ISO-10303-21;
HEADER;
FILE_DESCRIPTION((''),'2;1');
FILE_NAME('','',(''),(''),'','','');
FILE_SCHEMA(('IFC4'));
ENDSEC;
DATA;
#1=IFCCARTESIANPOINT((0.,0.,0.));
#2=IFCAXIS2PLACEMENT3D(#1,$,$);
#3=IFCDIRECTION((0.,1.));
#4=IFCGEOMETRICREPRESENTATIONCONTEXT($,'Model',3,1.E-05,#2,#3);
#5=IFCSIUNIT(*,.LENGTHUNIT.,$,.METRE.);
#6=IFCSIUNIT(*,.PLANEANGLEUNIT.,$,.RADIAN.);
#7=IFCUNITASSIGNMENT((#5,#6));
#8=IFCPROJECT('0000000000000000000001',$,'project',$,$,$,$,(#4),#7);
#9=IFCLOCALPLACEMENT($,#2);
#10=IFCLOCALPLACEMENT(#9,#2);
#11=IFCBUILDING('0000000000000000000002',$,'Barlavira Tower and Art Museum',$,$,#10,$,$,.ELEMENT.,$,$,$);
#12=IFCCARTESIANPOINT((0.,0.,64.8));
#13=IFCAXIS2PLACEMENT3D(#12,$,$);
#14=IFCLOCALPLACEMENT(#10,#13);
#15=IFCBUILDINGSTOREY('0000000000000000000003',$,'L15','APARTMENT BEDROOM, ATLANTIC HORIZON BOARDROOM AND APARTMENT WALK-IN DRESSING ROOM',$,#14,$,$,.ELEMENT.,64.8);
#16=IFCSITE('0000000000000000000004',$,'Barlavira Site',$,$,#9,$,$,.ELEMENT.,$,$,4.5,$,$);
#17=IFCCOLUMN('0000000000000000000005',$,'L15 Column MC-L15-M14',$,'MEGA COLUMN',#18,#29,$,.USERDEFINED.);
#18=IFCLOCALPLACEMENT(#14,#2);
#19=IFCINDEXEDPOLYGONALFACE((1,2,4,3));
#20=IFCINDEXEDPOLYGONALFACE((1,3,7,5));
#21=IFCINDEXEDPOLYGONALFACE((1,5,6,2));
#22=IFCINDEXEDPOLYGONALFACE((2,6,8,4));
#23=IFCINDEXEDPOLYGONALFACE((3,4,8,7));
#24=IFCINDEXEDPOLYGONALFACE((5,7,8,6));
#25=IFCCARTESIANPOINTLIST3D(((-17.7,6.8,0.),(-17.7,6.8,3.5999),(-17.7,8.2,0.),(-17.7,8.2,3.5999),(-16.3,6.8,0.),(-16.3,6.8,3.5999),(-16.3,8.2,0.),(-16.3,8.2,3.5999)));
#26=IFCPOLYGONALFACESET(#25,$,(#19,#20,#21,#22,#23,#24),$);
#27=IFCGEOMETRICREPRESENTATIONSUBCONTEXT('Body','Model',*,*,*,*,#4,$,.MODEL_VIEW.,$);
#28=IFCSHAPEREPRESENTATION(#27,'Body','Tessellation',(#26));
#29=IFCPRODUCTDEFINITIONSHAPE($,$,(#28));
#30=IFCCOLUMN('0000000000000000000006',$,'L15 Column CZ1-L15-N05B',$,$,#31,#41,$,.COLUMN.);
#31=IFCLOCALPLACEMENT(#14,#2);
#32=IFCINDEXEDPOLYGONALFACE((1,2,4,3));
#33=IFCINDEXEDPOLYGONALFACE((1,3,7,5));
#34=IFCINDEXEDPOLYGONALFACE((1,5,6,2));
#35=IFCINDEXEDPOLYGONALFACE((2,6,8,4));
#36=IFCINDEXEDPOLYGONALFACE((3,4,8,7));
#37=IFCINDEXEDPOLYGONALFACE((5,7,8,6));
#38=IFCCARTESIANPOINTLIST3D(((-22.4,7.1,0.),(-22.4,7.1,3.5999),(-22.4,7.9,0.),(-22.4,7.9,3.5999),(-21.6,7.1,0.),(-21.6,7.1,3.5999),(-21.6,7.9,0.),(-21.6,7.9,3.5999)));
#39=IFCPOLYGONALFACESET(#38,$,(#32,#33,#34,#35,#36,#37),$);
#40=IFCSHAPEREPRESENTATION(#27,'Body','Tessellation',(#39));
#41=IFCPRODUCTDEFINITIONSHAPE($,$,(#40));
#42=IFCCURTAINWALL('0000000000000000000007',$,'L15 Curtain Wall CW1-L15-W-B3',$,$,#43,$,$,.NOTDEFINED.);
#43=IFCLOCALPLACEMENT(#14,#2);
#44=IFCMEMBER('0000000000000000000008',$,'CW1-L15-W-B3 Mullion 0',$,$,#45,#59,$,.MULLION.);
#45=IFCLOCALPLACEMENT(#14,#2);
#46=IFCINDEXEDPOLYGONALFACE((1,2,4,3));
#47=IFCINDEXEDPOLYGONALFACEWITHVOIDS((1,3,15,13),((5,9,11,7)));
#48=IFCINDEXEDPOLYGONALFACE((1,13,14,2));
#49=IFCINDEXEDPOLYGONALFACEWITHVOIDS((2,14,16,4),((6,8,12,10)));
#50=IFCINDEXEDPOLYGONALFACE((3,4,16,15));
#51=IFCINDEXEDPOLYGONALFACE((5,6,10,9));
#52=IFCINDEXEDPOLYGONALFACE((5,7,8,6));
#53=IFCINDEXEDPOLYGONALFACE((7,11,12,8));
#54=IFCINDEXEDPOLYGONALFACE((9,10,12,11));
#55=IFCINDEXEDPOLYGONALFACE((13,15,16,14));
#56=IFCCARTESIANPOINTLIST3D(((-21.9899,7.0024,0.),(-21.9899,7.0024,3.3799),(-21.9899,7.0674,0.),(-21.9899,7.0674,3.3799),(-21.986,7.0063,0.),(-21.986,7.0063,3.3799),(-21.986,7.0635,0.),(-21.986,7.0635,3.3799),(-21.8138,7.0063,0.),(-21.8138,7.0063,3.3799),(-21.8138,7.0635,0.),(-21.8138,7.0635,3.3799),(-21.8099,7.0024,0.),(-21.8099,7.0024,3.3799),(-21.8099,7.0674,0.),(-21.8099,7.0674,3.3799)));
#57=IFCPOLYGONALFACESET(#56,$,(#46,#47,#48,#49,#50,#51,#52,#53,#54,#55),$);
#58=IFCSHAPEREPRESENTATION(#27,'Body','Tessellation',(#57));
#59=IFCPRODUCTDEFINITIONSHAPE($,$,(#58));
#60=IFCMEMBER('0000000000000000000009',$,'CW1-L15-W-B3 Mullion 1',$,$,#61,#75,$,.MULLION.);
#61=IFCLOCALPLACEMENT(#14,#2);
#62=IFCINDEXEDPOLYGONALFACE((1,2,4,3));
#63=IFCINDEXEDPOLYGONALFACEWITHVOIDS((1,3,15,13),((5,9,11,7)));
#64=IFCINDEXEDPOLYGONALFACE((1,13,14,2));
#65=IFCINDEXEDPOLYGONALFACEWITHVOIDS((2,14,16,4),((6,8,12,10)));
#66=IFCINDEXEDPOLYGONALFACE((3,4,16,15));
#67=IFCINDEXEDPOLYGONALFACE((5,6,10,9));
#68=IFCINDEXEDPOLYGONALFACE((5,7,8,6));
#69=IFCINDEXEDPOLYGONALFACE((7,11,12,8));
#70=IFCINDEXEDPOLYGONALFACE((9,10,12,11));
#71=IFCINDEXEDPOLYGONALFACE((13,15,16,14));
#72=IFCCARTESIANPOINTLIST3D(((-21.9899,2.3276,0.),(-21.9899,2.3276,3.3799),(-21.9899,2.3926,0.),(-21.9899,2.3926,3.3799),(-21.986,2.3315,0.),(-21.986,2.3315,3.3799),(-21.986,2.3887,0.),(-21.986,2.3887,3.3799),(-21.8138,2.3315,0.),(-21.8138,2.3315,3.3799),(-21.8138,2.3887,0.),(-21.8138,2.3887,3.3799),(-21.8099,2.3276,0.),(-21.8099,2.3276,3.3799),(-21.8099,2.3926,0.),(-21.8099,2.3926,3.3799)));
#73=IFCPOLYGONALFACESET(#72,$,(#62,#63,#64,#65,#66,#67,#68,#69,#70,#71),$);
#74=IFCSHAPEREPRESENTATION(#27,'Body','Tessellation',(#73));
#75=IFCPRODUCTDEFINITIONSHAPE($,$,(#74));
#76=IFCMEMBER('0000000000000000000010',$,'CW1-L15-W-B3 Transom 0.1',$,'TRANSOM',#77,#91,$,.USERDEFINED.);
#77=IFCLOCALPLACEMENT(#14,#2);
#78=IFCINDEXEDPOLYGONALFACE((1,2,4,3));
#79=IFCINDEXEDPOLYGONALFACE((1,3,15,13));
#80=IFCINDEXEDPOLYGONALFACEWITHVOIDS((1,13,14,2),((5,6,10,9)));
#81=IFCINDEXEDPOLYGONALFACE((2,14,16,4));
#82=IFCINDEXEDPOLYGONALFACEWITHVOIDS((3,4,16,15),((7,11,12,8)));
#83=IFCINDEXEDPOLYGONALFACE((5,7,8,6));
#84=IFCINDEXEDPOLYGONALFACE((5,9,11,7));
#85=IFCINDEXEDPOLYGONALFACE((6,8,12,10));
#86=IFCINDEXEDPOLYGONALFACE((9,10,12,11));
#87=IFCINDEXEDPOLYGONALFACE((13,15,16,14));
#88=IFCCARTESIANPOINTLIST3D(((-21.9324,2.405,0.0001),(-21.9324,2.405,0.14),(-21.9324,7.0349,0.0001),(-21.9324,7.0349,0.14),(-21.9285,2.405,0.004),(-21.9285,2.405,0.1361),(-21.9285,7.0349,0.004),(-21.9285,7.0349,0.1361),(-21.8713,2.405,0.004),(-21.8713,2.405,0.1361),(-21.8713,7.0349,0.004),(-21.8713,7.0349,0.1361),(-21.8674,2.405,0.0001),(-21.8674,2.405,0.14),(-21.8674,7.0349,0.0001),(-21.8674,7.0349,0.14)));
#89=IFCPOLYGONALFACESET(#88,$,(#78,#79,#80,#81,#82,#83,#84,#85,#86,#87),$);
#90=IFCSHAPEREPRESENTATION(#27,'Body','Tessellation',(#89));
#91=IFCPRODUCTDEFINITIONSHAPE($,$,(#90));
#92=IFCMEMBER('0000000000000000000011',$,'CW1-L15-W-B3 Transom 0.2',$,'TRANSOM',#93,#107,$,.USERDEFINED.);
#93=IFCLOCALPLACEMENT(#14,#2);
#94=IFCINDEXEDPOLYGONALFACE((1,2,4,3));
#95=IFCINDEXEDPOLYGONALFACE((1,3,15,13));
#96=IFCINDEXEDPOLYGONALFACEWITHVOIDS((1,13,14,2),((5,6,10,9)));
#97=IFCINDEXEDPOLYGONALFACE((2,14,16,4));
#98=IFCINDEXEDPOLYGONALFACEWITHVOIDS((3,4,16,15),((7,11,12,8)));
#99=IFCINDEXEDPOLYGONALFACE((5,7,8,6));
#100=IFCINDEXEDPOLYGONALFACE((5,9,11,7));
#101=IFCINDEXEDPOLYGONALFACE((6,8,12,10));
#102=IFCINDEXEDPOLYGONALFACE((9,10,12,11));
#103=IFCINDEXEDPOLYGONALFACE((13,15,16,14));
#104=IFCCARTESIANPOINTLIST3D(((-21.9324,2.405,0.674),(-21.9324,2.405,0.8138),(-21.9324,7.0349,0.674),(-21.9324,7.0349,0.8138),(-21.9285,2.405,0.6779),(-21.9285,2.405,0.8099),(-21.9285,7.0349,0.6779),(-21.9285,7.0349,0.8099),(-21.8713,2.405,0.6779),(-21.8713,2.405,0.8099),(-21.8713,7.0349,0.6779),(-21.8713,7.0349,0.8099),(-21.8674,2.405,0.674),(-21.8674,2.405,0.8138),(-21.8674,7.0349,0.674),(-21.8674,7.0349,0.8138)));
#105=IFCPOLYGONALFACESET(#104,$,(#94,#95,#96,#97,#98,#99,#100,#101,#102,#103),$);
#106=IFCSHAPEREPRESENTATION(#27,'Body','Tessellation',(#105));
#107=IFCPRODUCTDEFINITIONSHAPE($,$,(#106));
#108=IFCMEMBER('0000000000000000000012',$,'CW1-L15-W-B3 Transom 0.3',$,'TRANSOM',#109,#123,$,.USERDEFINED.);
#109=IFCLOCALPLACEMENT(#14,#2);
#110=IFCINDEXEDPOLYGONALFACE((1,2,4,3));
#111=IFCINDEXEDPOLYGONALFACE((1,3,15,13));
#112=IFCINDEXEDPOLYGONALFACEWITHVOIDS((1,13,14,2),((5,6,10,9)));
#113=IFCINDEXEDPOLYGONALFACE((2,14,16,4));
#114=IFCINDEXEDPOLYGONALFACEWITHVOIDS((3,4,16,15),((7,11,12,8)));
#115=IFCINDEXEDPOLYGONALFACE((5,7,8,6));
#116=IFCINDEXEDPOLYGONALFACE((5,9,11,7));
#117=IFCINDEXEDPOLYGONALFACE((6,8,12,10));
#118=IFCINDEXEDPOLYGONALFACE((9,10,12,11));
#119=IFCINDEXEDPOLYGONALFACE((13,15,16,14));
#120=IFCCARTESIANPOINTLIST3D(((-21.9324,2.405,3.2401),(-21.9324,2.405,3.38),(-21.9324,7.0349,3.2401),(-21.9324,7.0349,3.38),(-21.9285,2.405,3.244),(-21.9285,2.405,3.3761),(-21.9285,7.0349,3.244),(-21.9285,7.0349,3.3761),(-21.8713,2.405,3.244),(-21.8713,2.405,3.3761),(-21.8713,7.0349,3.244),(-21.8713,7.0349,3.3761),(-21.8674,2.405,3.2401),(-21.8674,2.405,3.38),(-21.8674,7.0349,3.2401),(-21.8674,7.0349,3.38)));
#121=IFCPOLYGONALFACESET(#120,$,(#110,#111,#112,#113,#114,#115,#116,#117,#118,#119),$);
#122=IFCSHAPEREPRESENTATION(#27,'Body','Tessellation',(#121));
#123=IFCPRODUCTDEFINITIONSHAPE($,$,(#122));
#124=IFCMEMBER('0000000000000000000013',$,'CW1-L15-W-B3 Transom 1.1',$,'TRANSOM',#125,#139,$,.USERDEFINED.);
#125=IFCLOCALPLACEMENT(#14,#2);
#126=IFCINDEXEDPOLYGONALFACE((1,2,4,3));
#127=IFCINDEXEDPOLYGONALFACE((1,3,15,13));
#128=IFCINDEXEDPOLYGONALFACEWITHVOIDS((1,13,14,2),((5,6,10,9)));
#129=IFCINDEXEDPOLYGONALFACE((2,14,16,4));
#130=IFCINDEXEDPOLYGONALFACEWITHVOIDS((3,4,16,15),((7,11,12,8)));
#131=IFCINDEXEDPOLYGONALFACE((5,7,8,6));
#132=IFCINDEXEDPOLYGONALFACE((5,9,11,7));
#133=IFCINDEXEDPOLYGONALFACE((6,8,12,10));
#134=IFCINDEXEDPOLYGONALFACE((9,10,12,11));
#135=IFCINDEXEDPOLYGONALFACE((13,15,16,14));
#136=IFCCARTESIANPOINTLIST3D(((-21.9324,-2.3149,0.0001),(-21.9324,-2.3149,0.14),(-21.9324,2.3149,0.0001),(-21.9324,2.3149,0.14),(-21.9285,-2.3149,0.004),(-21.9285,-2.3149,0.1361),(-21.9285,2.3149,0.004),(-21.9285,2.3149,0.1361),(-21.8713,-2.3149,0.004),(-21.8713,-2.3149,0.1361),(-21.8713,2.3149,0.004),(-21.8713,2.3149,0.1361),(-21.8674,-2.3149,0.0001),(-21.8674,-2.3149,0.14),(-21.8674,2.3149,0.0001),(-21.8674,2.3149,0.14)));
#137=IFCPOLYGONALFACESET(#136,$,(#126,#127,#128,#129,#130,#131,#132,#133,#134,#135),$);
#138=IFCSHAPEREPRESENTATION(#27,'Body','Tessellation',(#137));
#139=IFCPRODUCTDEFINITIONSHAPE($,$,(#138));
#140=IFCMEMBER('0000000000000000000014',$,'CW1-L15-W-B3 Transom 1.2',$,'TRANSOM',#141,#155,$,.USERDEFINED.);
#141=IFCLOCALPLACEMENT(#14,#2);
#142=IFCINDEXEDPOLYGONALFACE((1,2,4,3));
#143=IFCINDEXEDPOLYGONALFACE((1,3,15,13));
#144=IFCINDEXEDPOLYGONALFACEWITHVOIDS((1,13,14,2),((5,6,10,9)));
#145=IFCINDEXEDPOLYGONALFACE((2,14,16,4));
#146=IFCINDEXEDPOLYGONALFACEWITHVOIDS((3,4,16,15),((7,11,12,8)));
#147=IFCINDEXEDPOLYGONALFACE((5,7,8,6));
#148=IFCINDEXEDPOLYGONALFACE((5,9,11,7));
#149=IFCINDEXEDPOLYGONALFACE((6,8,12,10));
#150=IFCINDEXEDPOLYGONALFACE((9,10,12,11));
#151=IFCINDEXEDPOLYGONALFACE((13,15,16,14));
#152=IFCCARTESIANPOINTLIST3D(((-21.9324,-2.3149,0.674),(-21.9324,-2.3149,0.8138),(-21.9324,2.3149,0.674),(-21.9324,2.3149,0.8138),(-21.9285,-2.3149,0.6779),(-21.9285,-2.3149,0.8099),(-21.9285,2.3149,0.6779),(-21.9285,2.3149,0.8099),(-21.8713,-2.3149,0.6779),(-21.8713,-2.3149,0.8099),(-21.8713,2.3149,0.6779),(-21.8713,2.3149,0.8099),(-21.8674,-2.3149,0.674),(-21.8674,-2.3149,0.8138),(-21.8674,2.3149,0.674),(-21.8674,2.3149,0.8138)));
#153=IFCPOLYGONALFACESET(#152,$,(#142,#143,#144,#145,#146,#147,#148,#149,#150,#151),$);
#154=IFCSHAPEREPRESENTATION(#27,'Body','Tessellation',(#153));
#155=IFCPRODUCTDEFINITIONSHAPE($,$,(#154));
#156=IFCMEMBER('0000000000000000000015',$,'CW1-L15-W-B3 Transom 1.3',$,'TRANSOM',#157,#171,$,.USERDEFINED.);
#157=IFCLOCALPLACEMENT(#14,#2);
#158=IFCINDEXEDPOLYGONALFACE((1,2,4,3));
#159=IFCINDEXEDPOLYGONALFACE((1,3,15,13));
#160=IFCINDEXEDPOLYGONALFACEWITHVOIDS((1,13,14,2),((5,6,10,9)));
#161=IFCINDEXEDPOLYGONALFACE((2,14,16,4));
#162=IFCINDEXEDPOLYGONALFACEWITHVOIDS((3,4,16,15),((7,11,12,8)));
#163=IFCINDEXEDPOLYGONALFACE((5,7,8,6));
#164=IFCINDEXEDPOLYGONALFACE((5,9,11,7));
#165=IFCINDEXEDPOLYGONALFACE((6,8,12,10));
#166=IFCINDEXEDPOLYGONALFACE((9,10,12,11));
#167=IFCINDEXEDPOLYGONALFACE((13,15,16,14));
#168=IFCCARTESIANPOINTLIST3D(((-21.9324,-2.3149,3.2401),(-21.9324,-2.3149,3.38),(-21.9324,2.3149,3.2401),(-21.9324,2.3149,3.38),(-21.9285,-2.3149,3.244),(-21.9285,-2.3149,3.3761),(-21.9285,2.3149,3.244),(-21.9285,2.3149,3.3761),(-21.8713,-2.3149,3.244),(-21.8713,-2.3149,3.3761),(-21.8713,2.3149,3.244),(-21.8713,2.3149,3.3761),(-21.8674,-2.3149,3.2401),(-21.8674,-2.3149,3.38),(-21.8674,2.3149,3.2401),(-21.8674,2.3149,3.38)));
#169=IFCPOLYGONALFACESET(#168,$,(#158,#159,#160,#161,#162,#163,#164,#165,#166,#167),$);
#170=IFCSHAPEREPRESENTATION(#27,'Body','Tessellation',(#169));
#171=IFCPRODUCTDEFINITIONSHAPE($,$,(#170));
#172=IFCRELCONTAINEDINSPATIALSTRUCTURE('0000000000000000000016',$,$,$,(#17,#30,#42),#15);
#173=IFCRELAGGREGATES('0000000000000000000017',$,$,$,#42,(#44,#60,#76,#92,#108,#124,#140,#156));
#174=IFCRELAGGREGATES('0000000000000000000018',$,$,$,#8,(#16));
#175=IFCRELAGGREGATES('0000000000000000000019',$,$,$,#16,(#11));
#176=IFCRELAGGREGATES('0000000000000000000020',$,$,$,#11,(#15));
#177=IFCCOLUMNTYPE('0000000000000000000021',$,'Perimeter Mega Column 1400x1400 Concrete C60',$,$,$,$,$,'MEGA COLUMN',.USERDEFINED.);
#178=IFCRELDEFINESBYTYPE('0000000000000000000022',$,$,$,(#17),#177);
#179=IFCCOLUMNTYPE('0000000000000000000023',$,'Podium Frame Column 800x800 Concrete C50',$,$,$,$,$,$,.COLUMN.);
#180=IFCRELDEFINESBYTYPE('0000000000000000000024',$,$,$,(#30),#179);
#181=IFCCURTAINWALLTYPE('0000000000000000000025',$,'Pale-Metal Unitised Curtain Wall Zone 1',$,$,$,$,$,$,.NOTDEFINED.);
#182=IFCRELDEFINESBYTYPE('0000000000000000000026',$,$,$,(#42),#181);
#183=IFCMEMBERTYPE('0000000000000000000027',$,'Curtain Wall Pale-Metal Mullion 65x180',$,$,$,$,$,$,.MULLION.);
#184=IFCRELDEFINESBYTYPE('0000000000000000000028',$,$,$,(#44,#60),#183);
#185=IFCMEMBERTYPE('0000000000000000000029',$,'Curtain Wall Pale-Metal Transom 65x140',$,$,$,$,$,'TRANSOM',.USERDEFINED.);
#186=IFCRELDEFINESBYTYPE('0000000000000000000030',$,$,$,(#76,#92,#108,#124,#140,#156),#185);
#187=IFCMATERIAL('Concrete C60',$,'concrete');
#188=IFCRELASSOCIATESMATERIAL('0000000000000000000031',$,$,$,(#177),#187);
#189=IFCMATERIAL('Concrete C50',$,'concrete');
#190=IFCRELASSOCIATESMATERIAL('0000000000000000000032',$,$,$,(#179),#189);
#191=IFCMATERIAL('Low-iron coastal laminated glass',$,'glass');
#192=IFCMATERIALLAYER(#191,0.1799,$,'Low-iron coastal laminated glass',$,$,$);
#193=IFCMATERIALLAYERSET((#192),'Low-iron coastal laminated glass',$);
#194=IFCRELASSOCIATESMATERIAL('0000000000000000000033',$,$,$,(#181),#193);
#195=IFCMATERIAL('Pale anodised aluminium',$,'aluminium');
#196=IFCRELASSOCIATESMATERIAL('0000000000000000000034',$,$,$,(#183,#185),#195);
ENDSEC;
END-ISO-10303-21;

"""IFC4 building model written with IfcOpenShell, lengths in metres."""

from ifc_helpers import new_model, si_unit, direction, frame, origin, origin_2d, place, context, subcontext, project, spatial, rectangle, hollow_rectangle, extrude, material, layer, layer_set, material_profile, profile_set, type_object, element, aggregate, save


model = new_model("IFC4")

# Units and contexts
model_context = context("Model", 3, precision=1e-05, world=origin(), true_north=direction((0.0, 1.0)))
body_context = subcontext(model_context, "Body", "Model", "MODEL_VIEW")
ifc_project = project(units=[si_unit("LENGTHUNIT", "METRE"), si_unit("PLANEANGLEUNIT", "RADIAN")], contexts=[model_context])

# Site, building, storey
site_placement = place(None, origin())
site = spatial("IfcSite", under=ifc_project, at=site_placement, Name="Barlavira Site", CompositionType="ELEMENT", RefElevation=4.5)
building_placement = place(site_placement, origin())
building = spatial("IfcBuilding", under=site, at=building_placement, Name="Barlavira Tower and Art Museum", CompositionType="ELEMENT")
storey_placement = place(building_placement, frame((0.0, 0.0, 64.8)))
storey = spatial("IfcBuildingStorey", under=building, at=storey_placement, Name="L15", Description="APARTMENT BEDROOM, ATLANTIC HORIZON BOARDROOM AND APARTMENT WALK-IN DRESSING ROOM", CompositionType="ELEMENT", Elevation=64.8)

# Columns
ifc_material_1 = material(Name="Concrete C60", Category="concrete")
ifc_material_profile_1 = material_profile(ifc_material_1, rectangle(XDim=1.3999, YDim=1.3999, at=origin_2d()), Name="RC-MCOL 1400x1400")
ifc_profile_set_1 = profile_set([ifc_material_profile_1], Name="Concrete C60")
column_type_1 = type_object("IfcColumnType", Name="Perimeter Mega Column 1400x1400 Concrete C60", ElementType="MEGA COLUMN", PredefinedType="USERDEFINED", material=ifc_profile_set_1)
column_1_placement = place(storey_placement, frame((-17.0, 7.5, 0.0), z_axis=(0.0, 0.0, 1.0), x_axis=(1.0, 0.0, 0.0)))
element("IfcColumn", 1, at=column_1_placement, inside=storey, type_object=column_type_1, Name="L15 Column MC-L15-M14", ObjectType="MEGA COLUMN", PredefinedType="USERDEFINED", context=body_context, shape_type="SweptSolid", body=[
    extrude(rectangle(XDim=1.3999, YDim=1.3999, at=origin_2d()), origin(), (0.0, 0.0, 1.0), 3.5999),
])
ifc_material_2 = material(Name="Concrete C50", Category="concrete")
ifc_material_profile_2 = material_profile(ifc_material_2, rectangle(XDim=0.8, YDim=0.8, at=origin_2d()), Name="RC-COL 800x800")
ifc_profile_set_2 = profile_set([ifc_material_profile_2], Name="Concrete C50")
column_type_2 = type_object("IfcColumnType", Name="Podium Frame Column 800x800 Concrete C50", PredefinedType="COLUMN", material=ifc_profile_set_2)
column_2_placement = place(storey_placement, frame((-22.0, 7.5, 0.0), z_axis=(0.0, 0.0, 1.0), x_axis=(1.0, 0.0, 0.0)))
element("IfcColumn", 2, at=column_2_placement, inside=storey, type_object=column_type_2, Name="L15 Column CZ1-L15-N05B", PredefinedType="COLUMN", context=body_context, shape_type="SweptSolid", body=[
    extrude(rectangle(XDim=0.8, YDim=0.8, at=origin_2d()), origin(), (0.0, 0.0, 1.0), 3.5999),
])

# Curtain wall, members
ifc_material_3 = material(Name="Low-iron coastal laminated glass", Category="glass")
ifc_layer_1 = layer(ifc_material_3, 0.1799, Name="Low-iron coastal laminated glass")
ifc_layer_set_1 = layer_set([ifc_layer_1], Name="Low-iron coastal laminated glass")
curtain_wall_type = type_object("IfcCurtainWallType", Name="Pale-Metal Unitised Curtain Wall Zone 1", PredefinedType="NOTDEFINED", material=ifc_layer_set_1)
curtain_wall_placement = place(storey_placement, origin())
curtain_wall = element("IfcCurtainWall", 3, at=curtain_wall_placement, inside=storey, type_object=curtain_wall_type, Name="L15 Curtain Wall CW1-L15-W-B3", PredefinedType="NOTDEFINED")
ifc_material_4 = material(Name="Pale anodised aluminium", Category="aluminium")
ifc_material_profile_3 = material_profile(ifc_material_4, hollow_rectangle(XDim=0.0649, YDim=0.1799, WallThickness=0.0039, at=origin_2d()), Name="ALU-MULL 65x180x4")
ifc_profile_set_3 = profile_set([ifc_material_profile_3], Name="Pale anodised aluminium")
member_type_1 = type_object("IfcMemberType", Name="Curtain Wall Pale-Metal Mullion 65x180", PredefinedType="MULLION", material=ifc_profile_set_3)
member_1_placement = place(storey_placement, frame((-21.8999, 7.0349, 0.0), z_axis=(0.0, 0.0, 1.0), x_axis=(0.0, -1.0, 0.0)))
member_1 = element("IfcMember", 4, at=member_1_placement, type_object=member_type_1, Name="CW1-L15-W-B3 Mullion 0", PredefinedType="MULLION", context=body_context, shape_type="SweptSolid", body=[
    extrude(hollow_rectangle(XDim=0.0649, YDim=0.1799, WallThickness=0.0039, at=origin_2d()), origin(), (0.0, 0.0, 1.0), 3.3799),
])
member_2_placement = place(storey_placement, frame((-21.8999, 2.3601, 0.0), z_axis=(0.0, 0.0, 1.0), x_axis=(0.0, -1.0, 0.0)))
member_2 = element("IfcMember", 5, at=member_2_placement, type_object=member_type_1, Name="CW1-L15-W-B3 Mullion 1", PredefinedType="MULLION", context=body_context, shape_type="SweptSolid", body=[
    extrude(hollow_rectangle(XDim=0.0649, YDim=0.1799, WallThickness=0.0039, at=origin_2d()), origin(), (0.0, 0.0, 1.0), 3.3799),
])
ifc_material_profile_4 = material_profile(ifc_material_4, hollow_rectangle(XDim=0.0649, YDim=0.1399, WallThickness=0.0039, at=origin_2d()), Name="ALU-TRAN 65x140x4")
ifc_profile_set_4 = profile_set([ifc_material_profile_4], Name="Pale anodised aluminium")
member_type_2 = type_object("IfcMemberType", Name="Curtain Wall Pale-Metal Transom 65x140", ElementType="TRANSOM", PredefinedType="USERDEFINED", material=ifc_profile_set_4)
member_3_placement = place(storey_placement, frame((-21.8999, 7.0349, 0.0701), z_axis=(0.0, -1.0, 0.0), x_axis=(1.0, 0.0, 0.0)))
member_3 = element("IfcMember", 6, at=member_3_placement, type_object=member_type_2, Name="CW1-L15-W-B3 Transom 0.1", ObjectType="TRANSOM", PredefinedType="USERDEFINED", context=body_context, shape_type="SweptSolid", body=[
    extrude(hollow_rectangle(XDim=0.0649, YDim=0.1399, WallThickness=0.0039, at=origin_2d()), origin(), (0.0, 0.0, 1.0), 4.6299),
])
member_4_placement = place(storey_placement, frame((-21.8999, 7.0349, 0.7439), z_axis=(0.0, -1.0, 0.0), x_axis=(1.0, 0.0, 0.0)))
member_4 = element("IfcMember", 7, at=member_4_placement, type_object=member_type_2, Name="CW1-L15-W-B3 Transom 0.2", ObjectType="TRANSOM", PredefinedType="USERDEFINED", context=body_context, shape_type="SweptSolid", body=[
    extrude(hollow_rectangle(XDim=0.0649, YDim=0.1399, WallThickness=0.0039, at=origin_2d()), origin(), (0.0, 0.0, 1.0), 4.6299),
])
member_5_placement = place(storey_placement, frame((-21.8999, 7.0349, 3.3101), z_axis=(0.0, -1.0, 0.0), x_axis=(1.0, 0.0, 0.0)))
member_5 = element("IfcMember", 8, at=member_5_placement, type_object=member_type_2, Name="CW1-L15-W-B3 Transom 0.3", ObjectType="TRANSOM", PredefinedType="USERDEFINED", context=body_context, shape_type="SweptSolid", body=[
    extrude(hollow_rectangle(XDim=0.0649, YDim=0.1399, WallThickness=0.0039, at=origin_2d()), origin(), (0.0, 0.0, 1.0), 4.6299),
])
member_6_placement = place(storey_placement, frame((-21.8999, 2.3149, 0.0701), z_axis=(0.0, -1.0, 0.0), x_axis=(1.0, 0.0, 0.0)))
member_6 = element("IfcMember", 9, at=member_6_placement, type_object=member_type_2, Name="CW1-L15-W-B3 Transom 1.1", ObjectType="TRANSOM", PredefinedType="USERDEFINED", context=body_context, shape_type="SweptSolid", body=[
    extrude(hollow_rectangle(XDim=0.0649, YDim=0.1399, WallThickness=0.0039, at=origin_2d()), origin(), (0.0, 0.0, 1.0), 4.6299),
])
member_7_placement = place(storey_placement, frame((-21.8999, 2.3149, 0.7439), z_axis=(0.0, -1.0, 0.0), x_axis=(1.0, 0.0, 0.0)))
member_7 = element("IfcMember", 10, at=member_7_placement, type_object=member_type_2, Name="CW1-L15-W-B3 Transom 1.2", ObjectType="TRANSOM", PredefinedType="USERDEFINED", context=body_context, shape_type="SweptSolid", body=[
    extrude(hollow_rectangle(XDim=0.0649, YDim=0.1399, WallThickness=0.0039, at=origin_2d()), origin(), (0.0, 0.0, 1.0), 4.6299),
])
member_8_placement = place(storey_placement, frame((-21.8999, 2.3149, 3.3101), z_axis=(0.0, -1.0, 0.0), x_axis=(1.0, 0.0, 0.0)))
member_8 = element("IfcMember", 11, at=member_8_placement, type_object=member_type_2, Name="CW1-L15-W-B3 Transom 1.3", ObjectType="TRANSOM", PredefinedType="USERDEFINED", context=body_context, shape_type="SweptSolid", body=[
    extrude(hollow_rectangle(XDim=0.0649, YDim=0.1399, WallThickness=0.0039, at=origin_2d()), origin(), (0.0, 0.0, 1.0), 4.6299),
])

aggregate(curtain_wall, [member_1, member_2, member_3, member_4, member_5, member_6, member_7, member_8])

save(model, "model.ifc")
